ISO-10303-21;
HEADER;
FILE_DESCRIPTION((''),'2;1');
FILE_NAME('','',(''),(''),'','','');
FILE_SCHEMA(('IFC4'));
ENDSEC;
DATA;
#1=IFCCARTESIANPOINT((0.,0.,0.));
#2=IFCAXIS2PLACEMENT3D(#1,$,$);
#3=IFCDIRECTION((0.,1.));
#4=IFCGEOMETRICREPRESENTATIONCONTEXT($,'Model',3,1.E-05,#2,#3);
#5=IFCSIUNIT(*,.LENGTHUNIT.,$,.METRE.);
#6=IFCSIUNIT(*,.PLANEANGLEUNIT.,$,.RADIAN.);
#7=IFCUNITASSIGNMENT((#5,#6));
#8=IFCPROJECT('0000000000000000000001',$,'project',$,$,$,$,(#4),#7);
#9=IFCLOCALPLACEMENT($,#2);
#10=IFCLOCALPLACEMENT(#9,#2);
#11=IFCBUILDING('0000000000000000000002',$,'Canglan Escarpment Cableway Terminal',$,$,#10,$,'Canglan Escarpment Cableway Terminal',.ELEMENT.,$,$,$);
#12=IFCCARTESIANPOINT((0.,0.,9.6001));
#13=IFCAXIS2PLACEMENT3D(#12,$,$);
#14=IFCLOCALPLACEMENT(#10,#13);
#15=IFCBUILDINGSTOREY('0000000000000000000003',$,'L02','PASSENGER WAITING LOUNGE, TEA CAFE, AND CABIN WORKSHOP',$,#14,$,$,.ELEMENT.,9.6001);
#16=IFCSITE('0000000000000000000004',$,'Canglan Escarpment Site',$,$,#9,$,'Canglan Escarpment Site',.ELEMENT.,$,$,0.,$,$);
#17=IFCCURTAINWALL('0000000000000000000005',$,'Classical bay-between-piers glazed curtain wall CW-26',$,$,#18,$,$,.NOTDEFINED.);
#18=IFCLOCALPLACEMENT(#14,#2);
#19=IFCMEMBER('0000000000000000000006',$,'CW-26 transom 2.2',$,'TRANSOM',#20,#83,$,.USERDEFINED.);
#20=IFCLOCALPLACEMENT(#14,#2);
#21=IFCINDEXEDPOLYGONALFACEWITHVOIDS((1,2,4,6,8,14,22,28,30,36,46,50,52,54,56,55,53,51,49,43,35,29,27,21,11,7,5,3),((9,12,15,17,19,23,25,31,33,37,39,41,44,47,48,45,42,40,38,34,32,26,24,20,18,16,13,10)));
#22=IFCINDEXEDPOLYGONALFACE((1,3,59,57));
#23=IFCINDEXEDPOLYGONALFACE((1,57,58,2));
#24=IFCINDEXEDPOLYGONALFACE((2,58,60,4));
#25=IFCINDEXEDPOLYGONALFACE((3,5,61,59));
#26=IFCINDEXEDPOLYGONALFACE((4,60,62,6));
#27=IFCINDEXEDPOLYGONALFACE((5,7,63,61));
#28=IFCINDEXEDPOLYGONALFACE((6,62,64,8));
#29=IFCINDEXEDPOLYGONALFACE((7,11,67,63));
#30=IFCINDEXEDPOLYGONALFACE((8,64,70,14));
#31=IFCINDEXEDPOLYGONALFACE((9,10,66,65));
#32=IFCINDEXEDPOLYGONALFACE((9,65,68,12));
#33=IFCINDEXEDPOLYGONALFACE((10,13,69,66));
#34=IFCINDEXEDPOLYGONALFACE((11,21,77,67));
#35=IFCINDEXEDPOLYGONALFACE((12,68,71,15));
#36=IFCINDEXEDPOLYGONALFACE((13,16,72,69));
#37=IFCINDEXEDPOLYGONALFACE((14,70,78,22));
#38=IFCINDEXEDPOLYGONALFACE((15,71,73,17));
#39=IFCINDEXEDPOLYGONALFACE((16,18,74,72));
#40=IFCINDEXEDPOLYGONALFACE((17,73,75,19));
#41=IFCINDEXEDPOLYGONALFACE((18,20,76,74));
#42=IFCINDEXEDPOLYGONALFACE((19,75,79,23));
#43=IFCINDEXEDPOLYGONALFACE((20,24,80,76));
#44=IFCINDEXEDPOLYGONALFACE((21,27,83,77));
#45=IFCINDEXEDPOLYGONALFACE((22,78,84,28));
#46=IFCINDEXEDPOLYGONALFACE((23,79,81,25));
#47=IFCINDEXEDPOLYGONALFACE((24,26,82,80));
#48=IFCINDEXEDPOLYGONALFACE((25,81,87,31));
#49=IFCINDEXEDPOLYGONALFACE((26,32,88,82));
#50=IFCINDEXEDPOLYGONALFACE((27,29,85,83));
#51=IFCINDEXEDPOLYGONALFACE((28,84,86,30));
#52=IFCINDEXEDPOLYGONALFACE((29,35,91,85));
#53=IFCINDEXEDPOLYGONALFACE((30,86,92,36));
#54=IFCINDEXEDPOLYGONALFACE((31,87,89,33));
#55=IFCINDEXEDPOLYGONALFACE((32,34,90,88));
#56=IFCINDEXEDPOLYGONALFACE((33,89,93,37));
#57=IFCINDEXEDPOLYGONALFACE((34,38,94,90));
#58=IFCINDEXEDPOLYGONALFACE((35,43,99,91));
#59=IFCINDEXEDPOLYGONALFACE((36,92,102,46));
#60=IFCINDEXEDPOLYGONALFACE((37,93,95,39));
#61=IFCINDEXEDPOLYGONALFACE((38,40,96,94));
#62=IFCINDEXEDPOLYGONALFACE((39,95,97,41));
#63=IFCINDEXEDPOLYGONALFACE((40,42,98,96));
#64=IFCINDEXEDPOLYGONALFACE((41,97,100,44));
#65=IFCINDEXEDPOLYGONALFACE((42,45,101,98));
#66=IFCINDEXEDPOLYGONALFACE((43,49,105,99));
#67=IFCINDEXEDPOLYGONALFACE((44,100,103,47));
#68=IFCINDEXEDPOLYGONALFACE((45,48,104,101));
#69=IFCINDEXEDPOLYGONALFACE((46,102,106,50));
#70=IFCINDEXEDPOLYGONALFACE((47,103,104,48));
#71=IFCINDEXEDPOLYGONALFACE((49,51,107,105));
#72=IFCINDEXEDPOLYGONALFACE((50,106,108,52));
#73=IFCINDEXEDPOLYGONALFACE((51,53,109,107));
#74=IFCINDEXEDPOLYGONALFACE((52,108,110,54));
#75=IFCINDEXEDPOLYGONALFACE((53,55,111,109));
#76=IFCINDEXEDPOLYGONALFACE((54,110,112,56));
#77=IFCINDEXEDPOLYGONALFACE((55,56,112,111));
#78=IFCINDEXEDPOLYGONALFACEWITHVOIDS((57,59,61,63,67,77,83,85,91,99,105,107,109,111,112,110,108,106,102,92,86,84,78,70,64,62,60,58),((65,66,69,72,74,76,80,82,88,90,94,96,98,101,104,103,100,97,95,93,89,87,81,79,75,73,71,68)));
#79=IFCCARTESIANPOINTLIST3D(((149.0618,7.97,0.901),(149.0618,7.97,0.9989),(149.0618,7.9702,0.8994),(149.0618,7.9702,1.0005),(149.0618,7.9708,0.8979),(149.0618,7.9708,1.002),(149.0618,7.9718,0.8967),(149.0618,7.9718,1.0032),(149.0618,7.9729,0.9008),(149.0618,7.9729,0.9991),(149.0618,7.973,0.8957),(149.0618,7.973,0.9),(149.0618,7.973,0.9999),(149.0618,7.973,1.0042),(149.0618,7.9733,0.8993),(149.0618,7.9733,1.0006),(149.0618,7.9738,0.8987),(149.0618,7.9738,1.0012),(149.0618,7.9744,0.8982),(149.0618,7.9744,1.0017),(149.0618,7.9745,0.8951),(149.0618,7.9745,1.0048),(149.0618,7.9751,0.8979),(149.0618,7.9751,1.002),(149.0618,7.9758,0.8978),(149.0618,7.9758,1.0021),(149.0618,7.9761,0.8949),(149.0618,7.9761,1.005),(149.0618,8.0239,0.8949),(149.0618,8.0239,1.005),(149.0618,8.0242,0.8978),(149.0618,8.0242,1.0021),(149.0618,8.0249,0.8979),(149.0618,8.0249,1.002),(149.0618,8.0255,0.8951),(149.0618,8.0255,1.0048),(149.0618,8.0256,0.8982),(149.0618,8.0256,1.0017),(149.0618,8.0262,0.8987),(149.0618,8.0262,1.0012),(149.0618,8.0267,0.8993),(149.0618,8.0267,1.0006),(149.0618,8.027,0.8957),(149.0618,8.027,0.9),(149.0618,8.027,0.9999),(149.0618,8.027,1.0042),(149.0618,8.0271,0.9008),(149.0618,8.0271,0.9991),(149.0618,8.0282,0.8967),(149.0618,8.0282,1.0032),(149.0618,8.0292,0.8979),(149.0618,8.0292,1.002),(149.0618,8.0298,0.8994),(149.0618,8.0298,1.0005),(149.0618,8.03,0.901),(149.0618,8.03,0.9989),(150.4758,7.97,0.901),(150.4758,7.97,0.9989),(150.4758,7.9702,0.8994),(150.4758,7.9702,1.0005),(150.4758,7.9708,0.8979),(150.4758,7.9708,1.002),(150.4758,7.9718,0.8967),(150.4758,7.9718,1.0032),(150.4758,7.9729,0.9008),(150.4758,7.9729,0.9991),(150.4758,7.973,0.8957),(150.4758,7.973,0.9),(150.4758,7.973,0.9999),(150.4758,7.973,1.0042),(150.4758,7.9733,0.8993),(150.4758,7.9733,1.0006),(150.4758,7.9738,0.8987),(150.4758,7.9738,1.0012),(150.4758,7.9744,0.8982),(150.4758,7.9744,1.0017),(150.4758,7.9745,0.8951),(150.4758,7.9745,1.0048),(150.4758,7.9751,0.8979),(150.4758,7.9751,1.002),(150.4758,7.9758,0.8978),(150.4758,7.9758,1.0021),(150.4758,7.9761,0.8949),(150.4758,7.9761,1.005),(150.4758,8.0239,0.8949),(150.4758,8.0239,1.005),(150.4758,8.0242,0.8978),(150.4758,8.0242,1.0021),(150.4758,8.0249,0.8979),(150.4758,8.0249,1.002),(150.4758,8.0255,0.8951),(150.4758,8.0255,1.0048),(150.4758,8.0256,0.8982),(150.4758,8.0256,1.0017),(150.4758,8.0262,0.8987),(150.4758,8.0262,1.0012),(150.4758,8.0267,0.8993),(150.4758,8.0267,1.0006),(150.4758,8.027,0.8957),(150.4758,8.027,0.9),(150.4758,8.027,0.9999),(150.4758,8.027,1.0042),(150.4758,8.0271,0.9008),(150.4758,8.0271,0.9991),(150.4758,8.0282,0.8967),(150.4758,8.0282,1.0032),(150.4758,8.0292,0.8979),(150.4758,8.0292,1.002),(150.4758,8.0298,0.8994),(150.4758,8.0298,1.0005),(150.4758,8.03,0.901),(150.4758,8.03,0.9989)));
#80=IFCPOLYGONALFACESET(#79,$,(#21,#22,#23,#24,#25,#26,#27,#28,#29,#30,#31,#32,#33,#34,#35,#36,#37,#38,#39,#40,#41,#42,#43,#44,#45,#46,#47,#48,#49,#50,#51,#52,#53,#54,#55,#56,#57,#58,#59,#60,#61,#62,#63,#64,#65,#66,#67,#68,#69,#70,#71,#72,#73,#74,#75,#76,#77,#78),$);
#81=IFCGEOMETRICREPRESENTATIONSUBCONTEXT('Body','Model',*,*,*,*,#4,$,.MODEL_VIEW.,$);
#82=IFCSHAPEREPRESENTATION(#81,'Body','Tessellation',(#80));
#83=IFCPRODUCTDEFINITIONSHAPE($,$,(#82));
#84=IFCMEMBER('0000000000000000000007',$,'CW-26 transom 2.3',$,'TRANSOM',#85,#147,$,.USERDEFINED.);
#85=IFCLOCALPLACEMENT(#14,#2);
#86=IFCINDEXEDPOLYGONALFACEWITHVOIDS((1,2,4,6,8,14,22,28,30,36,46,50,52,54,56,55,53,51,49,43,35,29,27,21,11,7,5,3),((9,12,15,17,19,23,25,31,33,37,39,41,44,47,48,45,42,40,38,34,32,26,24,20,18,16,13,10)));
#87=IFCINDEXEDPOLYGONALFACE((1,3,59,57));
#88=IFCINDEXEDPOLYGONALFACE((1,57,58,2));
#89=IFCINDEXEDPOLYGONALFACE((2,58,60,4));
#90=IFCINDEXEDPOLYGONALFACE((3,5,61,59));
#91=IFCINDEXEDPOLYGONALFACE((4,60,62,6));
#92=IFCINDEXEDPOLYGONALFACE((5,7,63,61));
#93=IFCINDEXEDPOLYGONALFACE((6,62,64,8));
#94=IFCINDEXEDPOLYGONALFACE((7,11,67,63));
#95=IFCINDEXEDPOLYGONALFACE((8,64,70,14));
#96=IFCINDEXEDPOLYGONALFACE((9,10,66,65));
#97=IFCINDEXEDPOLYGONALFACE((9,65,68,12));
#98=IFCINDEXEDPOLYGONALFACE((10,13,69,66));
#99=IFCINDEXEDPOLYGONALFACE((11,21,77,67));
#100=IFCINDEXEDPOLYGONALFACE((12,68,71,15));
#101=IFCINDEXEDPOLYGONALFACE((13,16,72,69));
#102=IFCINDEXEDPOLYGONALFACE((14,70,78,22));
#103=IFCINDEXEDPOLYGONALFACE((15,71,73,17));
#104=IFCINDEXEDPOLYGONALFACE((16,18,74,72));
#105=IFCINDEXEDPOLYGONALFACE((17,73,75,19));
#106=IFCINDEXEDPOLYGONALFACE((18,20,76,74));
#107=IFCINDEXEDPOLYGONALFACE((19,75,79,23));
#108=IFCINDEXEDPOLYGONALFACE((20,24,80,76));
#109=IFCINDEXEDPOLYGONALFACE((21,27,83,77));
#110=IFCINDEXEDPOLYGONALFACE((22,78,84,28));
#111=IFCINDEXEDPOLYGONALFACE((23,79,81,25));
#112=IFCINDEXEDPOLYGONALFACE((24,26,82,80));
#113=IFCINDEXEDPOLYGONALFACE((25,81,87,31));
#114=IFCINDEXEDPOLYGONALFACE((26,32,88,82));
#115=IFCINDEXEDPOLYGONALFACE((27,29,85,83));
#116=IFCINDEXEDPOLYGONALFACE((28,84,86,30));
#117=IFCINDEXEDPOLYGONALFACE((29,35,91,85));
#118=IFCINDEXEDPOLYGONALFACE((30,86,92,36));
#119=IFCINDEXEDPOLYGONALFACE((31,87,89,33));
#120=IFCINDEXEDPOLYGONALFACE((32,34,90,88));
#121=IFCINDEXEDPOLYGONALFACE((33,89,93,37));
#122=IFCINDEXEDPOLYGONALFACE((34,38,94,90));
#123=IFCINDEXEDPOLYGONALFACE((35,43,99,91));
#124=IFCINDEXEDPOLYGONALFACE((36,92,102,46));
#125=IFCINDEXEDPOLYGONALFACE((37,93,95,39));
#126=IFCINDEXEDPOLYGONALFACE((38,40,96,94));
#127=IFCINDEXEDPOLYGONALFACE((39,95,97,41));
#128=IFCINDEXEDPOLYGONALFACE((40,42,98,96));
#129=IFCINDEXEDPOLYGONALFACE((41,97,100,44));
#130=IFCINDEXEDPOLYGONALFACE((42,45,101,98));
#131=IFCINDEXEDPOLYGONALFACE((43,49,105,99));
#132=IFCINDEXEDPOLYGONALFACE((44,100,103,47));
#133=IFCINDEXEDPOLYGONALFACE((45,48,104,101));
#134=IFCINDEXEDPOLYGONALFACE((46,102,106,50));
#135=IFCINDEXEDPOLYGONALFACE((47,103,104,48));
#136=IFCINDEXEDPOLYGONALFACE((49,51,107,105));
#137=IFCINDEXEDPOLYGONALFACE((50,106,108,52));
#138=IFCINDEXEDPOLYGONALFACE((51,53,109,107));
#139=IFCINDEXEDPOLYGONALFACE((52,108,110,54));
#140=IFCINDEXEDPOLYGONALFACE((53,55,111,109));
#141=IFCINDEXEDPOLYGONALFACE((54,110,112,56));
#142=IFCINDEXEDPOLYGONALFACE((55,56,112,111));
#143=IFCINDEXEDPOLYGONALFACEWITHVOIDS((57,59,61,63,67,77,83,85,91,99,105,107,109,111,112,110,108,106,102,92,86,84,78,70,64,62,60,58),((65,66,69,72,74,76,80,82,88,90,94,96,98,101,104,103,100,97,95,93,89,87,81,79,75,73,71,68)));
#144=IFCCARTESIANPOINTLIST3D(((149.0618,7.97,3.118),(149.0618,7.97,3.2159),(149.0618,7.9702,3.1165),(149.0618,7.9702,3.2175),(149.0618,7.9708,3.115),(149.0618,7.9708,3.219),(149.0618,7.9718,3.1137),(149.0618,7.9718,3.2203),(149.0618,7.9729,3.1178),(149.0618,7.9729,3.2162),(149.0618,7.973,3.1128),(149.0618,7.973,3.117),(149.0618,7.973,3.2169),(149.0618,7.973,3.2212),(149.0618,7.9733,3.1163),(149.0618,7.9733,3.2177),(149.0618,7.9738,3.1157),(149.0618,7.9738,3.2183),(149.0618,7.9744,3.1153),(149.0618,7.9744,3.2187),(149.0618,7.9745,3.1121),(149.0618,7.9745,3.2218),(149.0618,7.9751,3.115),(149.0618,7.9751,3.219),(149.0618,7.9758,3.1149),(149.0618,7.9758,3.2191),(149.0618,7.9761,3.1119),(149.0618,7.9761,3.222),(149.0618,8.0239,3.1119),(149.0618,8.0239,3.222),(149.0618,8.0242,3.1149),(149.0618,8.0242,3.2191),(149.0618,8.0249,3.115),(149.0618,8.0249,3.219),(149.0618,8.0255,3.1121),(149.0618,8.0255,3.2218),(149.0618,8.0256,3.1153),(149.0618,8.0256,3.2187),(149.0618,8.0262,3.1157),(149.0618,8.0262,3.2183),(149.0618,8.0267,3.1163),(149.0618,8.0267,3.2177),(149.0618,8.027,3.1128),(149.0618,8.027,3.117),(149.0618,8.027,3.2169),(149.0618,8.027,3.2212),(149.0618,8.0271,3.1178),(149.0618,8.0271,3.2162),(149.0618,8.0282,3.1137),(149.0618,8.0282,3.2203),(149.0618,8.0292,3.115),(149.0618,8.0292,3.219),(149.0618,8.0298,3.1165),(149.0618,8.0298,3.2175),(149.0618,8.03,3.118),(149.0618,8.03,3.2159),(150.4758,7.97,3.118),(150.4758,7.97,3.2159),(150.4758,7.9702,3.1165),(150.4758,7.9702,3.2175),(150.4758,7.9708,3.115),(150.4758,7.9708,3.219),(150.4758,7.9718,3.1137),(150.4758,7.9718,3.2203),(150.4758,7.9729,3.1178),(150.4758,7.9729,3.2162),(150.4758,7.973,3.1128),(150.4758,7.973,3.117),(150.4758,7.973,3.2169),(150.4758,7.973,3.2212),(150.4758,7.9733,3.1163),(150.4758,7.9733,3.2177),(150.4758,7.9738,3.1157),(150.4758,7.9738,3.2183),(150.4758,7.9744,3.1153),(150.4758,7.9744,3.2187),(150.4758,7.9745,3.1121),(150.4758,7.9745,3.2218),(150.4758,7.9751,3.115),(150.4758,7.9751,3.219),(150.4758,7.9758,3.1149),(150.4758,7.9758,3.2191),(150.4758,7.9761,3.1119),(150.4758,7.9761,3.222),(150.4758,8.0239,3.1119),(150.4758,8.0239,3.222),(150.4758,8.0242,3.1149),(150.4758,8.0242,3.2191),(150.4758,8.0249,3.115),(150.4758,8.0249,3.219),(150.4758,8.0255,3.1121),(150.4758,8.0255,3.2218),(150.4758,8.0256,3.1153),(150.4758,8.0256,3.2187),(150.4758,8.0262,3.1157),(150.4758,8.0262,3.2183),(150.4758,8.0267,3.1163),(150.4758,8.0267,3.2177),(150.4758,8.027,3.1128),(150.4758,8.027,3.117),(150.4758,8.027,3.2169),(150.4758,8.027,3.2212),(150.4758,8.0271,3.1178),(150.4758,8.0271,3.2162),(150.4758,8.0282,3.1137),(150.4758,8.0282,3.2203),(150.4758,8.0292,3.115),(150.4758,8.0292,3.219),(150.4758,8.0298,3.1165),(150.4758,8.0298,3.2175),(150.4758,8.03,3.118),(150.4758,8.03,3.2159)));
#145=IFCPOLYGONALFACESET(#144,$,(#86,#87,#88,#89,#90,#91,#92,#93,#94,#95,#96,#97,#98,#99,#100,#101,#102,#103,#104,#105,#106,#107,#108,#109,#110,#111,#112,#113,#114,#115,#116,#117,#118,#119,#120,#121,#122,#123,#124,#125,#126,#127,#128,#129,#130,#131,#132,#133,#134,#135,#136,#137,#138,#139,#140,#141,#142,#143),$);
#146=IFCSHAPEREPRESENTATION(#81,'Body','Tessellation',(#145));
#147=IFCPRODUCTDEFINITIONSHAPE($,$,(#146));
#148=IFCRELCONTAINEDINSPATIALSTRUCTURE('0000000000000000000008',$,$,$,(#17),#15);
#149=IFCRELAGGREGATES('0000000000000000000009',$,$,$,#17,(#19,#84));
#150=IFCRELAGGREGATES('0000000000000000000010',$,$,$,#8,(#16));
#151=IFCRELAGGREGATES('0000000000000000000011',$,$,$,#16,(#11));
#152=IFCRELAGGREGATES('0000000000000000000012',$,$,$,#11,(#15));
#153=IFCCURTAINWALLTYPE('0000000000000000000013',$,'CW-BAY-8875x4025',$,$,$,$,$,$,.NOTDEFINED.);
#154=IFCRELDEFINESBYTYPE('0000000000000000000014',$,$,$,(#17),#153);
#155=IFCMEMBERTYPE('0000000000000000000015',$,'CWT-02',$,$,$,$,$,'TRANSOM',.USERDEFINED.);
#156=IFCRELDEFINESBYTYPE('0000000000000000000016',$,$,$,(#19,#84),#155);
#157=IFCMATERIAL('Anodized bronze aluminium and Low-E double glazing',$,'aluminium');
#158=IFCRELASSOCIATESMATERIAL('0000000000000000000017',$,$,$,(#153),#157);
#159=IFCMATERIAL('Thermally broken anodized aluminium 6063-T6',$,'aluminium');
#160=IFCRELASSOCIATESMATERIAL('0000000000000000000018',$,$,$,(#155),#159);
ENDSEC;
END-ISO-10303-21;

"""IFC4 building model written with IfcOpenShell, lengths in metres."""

from ifc_helpers import new_model, si_unit, direction, frame, origin, origin_2d, place, context, subcontext, project, spatial, hollow_rectangle, extrude, material, material_profile, profile_set, type_object, element, aggregate, save


model = new_model("IFC4")

# Units and contexts
model_context = context("Model", 3, precision=1e-05, world=origin(), true_north=direction((0.0, 1.0)))
body_context = subcontext(model_context, "Body", "Model", "MODEL_VIEW")
ifc_project = project(units=[si_unit("LENGTHUNIT", "METRE"), si_unit("PLANEANGLEUNIT", "RADIAN")], contexts=[model_context])

# Site, building, storey
site_placement = place(None, origin())
site = spatial("IfcSite", under=ifc_project, at=site_placement, Name="Canglan Escarpment Site", LongName="Canglan Escarpment Site", CompositionType="ELEMENT", RefElevation=0.0)
building_placement = place(site_placement, origin())
building = spatial("IfcBuilding", under=site, at=building_placement, Name="Canglan Escarpment Cableway Terminal", LongName="Canglan Escarpment Cableway Terminal", CompositionType="ELEMENT")
storey_placement = place(building_placement, frame((0.0, 0.0, 9.6001)))
storey = spatial("IfcBuildingStorey", under=building, at=storey_placement, Name="L02", Description="PASSENGER WAITING LOUNGE, TEA CAFE, AND CABIN WORKSHOP", CompositionType="ELEMENT", Elevation=9.6001)

# Curtain wall, members
ifc_material_1 = material(Name="Anodized bronze aluminium and Low-E double glazing", Category="aluminium")
curtain_wall_type = type_object("IfcCurtainWallType", Name="CW-BAY-8875x4025", PredefinedType="NOTDEFINED", material=ifc_material_1)
curtain_wall_placement = place(storey_placement, origin())
curtain_wall = element("IfcCurtainWall", 1, at=curtain_wall_placement, inside=storey, type_object=curtain_wall_type, Name="Classical bay-between-piers glazed curtain wall CW-26", PredefinedType="NOTDEFINED")
ifc_material_2 = material(Name="Thermally broken anodized aluminium 6063-T6", Category="aluminium")
ifc_material_profile_1 = material_profile(ifc_material_2, hollow_rectangle(XDim=0.0601, YDim=0.1101, WallThickness=0.0029, InnerFilletRadius=0.0029, OuterFilletRadius=0.0061, at=origin_2d()), Name="ALU-TRAN 60x110x3")
ifc_profile_set_1 = profile_set([ifc_material_profile_1], Name="Thermally broken anodized aluminium 6063-T6")
member_type_1 = type_object("IfcMemberType", Name="CWT-02", ElementType="TRANSOM", PredefinedType="USERDEFINED", material=ifc_profile_set_1)
member_1_placement = place(storey_placement, frame((149.0618, 8.0, 0.95), z_axis=(1.0, 0.0, 0.0), x_axis=(0.0, 1.0, 0.0)))
member_1 = element("IfcMember", 2, at=member_1_placement, type_object=member_type_1, Name="CW-26 transom 2.2", ObjectType="TRANSOM", PredefinedType="USERDEFINED", context=body_context, shape_type="SweptSolid", body=[
    extrude(hollow_rectangle(XDim=0.0601, YDim=0.1101, WallThickness=0.0029, InnerFilletRadius=0.0029, OuterFilletRadius=0.0061, at=origin_2d()), origin(), (0.0, 0.0, 1.0), 1.4141),
])
member_2_placement = place(storey_placement, frame((149.0618, 8.0, 3.167), z_axis=(1.0, 0.0, 0.0), x_axis=(0.0, 1.0, 0.0)))
member_2 = element("IfcMember", 3, at=member_2_placement, type_object=member_type_1, Name="CW-26 transom 2.3", ObjectType="TRANSOM", PredefinedType="USERDEFINED", context=body_context, shape_type="SweptSolid", body=[
    extrude(hollow_rectangle(XDim=0.0601, YDim=0.1101, WallThickness=0.0029, InnerFilletRadius=0.0029, OuterFilletRadius=0.0061, at=origin_2d()), origin(), (0.0, 0.0, 1.0), 1.4141),
])
aggregate(curtain_wall, [member_1, member_2])

save(model, "model.ifc")
